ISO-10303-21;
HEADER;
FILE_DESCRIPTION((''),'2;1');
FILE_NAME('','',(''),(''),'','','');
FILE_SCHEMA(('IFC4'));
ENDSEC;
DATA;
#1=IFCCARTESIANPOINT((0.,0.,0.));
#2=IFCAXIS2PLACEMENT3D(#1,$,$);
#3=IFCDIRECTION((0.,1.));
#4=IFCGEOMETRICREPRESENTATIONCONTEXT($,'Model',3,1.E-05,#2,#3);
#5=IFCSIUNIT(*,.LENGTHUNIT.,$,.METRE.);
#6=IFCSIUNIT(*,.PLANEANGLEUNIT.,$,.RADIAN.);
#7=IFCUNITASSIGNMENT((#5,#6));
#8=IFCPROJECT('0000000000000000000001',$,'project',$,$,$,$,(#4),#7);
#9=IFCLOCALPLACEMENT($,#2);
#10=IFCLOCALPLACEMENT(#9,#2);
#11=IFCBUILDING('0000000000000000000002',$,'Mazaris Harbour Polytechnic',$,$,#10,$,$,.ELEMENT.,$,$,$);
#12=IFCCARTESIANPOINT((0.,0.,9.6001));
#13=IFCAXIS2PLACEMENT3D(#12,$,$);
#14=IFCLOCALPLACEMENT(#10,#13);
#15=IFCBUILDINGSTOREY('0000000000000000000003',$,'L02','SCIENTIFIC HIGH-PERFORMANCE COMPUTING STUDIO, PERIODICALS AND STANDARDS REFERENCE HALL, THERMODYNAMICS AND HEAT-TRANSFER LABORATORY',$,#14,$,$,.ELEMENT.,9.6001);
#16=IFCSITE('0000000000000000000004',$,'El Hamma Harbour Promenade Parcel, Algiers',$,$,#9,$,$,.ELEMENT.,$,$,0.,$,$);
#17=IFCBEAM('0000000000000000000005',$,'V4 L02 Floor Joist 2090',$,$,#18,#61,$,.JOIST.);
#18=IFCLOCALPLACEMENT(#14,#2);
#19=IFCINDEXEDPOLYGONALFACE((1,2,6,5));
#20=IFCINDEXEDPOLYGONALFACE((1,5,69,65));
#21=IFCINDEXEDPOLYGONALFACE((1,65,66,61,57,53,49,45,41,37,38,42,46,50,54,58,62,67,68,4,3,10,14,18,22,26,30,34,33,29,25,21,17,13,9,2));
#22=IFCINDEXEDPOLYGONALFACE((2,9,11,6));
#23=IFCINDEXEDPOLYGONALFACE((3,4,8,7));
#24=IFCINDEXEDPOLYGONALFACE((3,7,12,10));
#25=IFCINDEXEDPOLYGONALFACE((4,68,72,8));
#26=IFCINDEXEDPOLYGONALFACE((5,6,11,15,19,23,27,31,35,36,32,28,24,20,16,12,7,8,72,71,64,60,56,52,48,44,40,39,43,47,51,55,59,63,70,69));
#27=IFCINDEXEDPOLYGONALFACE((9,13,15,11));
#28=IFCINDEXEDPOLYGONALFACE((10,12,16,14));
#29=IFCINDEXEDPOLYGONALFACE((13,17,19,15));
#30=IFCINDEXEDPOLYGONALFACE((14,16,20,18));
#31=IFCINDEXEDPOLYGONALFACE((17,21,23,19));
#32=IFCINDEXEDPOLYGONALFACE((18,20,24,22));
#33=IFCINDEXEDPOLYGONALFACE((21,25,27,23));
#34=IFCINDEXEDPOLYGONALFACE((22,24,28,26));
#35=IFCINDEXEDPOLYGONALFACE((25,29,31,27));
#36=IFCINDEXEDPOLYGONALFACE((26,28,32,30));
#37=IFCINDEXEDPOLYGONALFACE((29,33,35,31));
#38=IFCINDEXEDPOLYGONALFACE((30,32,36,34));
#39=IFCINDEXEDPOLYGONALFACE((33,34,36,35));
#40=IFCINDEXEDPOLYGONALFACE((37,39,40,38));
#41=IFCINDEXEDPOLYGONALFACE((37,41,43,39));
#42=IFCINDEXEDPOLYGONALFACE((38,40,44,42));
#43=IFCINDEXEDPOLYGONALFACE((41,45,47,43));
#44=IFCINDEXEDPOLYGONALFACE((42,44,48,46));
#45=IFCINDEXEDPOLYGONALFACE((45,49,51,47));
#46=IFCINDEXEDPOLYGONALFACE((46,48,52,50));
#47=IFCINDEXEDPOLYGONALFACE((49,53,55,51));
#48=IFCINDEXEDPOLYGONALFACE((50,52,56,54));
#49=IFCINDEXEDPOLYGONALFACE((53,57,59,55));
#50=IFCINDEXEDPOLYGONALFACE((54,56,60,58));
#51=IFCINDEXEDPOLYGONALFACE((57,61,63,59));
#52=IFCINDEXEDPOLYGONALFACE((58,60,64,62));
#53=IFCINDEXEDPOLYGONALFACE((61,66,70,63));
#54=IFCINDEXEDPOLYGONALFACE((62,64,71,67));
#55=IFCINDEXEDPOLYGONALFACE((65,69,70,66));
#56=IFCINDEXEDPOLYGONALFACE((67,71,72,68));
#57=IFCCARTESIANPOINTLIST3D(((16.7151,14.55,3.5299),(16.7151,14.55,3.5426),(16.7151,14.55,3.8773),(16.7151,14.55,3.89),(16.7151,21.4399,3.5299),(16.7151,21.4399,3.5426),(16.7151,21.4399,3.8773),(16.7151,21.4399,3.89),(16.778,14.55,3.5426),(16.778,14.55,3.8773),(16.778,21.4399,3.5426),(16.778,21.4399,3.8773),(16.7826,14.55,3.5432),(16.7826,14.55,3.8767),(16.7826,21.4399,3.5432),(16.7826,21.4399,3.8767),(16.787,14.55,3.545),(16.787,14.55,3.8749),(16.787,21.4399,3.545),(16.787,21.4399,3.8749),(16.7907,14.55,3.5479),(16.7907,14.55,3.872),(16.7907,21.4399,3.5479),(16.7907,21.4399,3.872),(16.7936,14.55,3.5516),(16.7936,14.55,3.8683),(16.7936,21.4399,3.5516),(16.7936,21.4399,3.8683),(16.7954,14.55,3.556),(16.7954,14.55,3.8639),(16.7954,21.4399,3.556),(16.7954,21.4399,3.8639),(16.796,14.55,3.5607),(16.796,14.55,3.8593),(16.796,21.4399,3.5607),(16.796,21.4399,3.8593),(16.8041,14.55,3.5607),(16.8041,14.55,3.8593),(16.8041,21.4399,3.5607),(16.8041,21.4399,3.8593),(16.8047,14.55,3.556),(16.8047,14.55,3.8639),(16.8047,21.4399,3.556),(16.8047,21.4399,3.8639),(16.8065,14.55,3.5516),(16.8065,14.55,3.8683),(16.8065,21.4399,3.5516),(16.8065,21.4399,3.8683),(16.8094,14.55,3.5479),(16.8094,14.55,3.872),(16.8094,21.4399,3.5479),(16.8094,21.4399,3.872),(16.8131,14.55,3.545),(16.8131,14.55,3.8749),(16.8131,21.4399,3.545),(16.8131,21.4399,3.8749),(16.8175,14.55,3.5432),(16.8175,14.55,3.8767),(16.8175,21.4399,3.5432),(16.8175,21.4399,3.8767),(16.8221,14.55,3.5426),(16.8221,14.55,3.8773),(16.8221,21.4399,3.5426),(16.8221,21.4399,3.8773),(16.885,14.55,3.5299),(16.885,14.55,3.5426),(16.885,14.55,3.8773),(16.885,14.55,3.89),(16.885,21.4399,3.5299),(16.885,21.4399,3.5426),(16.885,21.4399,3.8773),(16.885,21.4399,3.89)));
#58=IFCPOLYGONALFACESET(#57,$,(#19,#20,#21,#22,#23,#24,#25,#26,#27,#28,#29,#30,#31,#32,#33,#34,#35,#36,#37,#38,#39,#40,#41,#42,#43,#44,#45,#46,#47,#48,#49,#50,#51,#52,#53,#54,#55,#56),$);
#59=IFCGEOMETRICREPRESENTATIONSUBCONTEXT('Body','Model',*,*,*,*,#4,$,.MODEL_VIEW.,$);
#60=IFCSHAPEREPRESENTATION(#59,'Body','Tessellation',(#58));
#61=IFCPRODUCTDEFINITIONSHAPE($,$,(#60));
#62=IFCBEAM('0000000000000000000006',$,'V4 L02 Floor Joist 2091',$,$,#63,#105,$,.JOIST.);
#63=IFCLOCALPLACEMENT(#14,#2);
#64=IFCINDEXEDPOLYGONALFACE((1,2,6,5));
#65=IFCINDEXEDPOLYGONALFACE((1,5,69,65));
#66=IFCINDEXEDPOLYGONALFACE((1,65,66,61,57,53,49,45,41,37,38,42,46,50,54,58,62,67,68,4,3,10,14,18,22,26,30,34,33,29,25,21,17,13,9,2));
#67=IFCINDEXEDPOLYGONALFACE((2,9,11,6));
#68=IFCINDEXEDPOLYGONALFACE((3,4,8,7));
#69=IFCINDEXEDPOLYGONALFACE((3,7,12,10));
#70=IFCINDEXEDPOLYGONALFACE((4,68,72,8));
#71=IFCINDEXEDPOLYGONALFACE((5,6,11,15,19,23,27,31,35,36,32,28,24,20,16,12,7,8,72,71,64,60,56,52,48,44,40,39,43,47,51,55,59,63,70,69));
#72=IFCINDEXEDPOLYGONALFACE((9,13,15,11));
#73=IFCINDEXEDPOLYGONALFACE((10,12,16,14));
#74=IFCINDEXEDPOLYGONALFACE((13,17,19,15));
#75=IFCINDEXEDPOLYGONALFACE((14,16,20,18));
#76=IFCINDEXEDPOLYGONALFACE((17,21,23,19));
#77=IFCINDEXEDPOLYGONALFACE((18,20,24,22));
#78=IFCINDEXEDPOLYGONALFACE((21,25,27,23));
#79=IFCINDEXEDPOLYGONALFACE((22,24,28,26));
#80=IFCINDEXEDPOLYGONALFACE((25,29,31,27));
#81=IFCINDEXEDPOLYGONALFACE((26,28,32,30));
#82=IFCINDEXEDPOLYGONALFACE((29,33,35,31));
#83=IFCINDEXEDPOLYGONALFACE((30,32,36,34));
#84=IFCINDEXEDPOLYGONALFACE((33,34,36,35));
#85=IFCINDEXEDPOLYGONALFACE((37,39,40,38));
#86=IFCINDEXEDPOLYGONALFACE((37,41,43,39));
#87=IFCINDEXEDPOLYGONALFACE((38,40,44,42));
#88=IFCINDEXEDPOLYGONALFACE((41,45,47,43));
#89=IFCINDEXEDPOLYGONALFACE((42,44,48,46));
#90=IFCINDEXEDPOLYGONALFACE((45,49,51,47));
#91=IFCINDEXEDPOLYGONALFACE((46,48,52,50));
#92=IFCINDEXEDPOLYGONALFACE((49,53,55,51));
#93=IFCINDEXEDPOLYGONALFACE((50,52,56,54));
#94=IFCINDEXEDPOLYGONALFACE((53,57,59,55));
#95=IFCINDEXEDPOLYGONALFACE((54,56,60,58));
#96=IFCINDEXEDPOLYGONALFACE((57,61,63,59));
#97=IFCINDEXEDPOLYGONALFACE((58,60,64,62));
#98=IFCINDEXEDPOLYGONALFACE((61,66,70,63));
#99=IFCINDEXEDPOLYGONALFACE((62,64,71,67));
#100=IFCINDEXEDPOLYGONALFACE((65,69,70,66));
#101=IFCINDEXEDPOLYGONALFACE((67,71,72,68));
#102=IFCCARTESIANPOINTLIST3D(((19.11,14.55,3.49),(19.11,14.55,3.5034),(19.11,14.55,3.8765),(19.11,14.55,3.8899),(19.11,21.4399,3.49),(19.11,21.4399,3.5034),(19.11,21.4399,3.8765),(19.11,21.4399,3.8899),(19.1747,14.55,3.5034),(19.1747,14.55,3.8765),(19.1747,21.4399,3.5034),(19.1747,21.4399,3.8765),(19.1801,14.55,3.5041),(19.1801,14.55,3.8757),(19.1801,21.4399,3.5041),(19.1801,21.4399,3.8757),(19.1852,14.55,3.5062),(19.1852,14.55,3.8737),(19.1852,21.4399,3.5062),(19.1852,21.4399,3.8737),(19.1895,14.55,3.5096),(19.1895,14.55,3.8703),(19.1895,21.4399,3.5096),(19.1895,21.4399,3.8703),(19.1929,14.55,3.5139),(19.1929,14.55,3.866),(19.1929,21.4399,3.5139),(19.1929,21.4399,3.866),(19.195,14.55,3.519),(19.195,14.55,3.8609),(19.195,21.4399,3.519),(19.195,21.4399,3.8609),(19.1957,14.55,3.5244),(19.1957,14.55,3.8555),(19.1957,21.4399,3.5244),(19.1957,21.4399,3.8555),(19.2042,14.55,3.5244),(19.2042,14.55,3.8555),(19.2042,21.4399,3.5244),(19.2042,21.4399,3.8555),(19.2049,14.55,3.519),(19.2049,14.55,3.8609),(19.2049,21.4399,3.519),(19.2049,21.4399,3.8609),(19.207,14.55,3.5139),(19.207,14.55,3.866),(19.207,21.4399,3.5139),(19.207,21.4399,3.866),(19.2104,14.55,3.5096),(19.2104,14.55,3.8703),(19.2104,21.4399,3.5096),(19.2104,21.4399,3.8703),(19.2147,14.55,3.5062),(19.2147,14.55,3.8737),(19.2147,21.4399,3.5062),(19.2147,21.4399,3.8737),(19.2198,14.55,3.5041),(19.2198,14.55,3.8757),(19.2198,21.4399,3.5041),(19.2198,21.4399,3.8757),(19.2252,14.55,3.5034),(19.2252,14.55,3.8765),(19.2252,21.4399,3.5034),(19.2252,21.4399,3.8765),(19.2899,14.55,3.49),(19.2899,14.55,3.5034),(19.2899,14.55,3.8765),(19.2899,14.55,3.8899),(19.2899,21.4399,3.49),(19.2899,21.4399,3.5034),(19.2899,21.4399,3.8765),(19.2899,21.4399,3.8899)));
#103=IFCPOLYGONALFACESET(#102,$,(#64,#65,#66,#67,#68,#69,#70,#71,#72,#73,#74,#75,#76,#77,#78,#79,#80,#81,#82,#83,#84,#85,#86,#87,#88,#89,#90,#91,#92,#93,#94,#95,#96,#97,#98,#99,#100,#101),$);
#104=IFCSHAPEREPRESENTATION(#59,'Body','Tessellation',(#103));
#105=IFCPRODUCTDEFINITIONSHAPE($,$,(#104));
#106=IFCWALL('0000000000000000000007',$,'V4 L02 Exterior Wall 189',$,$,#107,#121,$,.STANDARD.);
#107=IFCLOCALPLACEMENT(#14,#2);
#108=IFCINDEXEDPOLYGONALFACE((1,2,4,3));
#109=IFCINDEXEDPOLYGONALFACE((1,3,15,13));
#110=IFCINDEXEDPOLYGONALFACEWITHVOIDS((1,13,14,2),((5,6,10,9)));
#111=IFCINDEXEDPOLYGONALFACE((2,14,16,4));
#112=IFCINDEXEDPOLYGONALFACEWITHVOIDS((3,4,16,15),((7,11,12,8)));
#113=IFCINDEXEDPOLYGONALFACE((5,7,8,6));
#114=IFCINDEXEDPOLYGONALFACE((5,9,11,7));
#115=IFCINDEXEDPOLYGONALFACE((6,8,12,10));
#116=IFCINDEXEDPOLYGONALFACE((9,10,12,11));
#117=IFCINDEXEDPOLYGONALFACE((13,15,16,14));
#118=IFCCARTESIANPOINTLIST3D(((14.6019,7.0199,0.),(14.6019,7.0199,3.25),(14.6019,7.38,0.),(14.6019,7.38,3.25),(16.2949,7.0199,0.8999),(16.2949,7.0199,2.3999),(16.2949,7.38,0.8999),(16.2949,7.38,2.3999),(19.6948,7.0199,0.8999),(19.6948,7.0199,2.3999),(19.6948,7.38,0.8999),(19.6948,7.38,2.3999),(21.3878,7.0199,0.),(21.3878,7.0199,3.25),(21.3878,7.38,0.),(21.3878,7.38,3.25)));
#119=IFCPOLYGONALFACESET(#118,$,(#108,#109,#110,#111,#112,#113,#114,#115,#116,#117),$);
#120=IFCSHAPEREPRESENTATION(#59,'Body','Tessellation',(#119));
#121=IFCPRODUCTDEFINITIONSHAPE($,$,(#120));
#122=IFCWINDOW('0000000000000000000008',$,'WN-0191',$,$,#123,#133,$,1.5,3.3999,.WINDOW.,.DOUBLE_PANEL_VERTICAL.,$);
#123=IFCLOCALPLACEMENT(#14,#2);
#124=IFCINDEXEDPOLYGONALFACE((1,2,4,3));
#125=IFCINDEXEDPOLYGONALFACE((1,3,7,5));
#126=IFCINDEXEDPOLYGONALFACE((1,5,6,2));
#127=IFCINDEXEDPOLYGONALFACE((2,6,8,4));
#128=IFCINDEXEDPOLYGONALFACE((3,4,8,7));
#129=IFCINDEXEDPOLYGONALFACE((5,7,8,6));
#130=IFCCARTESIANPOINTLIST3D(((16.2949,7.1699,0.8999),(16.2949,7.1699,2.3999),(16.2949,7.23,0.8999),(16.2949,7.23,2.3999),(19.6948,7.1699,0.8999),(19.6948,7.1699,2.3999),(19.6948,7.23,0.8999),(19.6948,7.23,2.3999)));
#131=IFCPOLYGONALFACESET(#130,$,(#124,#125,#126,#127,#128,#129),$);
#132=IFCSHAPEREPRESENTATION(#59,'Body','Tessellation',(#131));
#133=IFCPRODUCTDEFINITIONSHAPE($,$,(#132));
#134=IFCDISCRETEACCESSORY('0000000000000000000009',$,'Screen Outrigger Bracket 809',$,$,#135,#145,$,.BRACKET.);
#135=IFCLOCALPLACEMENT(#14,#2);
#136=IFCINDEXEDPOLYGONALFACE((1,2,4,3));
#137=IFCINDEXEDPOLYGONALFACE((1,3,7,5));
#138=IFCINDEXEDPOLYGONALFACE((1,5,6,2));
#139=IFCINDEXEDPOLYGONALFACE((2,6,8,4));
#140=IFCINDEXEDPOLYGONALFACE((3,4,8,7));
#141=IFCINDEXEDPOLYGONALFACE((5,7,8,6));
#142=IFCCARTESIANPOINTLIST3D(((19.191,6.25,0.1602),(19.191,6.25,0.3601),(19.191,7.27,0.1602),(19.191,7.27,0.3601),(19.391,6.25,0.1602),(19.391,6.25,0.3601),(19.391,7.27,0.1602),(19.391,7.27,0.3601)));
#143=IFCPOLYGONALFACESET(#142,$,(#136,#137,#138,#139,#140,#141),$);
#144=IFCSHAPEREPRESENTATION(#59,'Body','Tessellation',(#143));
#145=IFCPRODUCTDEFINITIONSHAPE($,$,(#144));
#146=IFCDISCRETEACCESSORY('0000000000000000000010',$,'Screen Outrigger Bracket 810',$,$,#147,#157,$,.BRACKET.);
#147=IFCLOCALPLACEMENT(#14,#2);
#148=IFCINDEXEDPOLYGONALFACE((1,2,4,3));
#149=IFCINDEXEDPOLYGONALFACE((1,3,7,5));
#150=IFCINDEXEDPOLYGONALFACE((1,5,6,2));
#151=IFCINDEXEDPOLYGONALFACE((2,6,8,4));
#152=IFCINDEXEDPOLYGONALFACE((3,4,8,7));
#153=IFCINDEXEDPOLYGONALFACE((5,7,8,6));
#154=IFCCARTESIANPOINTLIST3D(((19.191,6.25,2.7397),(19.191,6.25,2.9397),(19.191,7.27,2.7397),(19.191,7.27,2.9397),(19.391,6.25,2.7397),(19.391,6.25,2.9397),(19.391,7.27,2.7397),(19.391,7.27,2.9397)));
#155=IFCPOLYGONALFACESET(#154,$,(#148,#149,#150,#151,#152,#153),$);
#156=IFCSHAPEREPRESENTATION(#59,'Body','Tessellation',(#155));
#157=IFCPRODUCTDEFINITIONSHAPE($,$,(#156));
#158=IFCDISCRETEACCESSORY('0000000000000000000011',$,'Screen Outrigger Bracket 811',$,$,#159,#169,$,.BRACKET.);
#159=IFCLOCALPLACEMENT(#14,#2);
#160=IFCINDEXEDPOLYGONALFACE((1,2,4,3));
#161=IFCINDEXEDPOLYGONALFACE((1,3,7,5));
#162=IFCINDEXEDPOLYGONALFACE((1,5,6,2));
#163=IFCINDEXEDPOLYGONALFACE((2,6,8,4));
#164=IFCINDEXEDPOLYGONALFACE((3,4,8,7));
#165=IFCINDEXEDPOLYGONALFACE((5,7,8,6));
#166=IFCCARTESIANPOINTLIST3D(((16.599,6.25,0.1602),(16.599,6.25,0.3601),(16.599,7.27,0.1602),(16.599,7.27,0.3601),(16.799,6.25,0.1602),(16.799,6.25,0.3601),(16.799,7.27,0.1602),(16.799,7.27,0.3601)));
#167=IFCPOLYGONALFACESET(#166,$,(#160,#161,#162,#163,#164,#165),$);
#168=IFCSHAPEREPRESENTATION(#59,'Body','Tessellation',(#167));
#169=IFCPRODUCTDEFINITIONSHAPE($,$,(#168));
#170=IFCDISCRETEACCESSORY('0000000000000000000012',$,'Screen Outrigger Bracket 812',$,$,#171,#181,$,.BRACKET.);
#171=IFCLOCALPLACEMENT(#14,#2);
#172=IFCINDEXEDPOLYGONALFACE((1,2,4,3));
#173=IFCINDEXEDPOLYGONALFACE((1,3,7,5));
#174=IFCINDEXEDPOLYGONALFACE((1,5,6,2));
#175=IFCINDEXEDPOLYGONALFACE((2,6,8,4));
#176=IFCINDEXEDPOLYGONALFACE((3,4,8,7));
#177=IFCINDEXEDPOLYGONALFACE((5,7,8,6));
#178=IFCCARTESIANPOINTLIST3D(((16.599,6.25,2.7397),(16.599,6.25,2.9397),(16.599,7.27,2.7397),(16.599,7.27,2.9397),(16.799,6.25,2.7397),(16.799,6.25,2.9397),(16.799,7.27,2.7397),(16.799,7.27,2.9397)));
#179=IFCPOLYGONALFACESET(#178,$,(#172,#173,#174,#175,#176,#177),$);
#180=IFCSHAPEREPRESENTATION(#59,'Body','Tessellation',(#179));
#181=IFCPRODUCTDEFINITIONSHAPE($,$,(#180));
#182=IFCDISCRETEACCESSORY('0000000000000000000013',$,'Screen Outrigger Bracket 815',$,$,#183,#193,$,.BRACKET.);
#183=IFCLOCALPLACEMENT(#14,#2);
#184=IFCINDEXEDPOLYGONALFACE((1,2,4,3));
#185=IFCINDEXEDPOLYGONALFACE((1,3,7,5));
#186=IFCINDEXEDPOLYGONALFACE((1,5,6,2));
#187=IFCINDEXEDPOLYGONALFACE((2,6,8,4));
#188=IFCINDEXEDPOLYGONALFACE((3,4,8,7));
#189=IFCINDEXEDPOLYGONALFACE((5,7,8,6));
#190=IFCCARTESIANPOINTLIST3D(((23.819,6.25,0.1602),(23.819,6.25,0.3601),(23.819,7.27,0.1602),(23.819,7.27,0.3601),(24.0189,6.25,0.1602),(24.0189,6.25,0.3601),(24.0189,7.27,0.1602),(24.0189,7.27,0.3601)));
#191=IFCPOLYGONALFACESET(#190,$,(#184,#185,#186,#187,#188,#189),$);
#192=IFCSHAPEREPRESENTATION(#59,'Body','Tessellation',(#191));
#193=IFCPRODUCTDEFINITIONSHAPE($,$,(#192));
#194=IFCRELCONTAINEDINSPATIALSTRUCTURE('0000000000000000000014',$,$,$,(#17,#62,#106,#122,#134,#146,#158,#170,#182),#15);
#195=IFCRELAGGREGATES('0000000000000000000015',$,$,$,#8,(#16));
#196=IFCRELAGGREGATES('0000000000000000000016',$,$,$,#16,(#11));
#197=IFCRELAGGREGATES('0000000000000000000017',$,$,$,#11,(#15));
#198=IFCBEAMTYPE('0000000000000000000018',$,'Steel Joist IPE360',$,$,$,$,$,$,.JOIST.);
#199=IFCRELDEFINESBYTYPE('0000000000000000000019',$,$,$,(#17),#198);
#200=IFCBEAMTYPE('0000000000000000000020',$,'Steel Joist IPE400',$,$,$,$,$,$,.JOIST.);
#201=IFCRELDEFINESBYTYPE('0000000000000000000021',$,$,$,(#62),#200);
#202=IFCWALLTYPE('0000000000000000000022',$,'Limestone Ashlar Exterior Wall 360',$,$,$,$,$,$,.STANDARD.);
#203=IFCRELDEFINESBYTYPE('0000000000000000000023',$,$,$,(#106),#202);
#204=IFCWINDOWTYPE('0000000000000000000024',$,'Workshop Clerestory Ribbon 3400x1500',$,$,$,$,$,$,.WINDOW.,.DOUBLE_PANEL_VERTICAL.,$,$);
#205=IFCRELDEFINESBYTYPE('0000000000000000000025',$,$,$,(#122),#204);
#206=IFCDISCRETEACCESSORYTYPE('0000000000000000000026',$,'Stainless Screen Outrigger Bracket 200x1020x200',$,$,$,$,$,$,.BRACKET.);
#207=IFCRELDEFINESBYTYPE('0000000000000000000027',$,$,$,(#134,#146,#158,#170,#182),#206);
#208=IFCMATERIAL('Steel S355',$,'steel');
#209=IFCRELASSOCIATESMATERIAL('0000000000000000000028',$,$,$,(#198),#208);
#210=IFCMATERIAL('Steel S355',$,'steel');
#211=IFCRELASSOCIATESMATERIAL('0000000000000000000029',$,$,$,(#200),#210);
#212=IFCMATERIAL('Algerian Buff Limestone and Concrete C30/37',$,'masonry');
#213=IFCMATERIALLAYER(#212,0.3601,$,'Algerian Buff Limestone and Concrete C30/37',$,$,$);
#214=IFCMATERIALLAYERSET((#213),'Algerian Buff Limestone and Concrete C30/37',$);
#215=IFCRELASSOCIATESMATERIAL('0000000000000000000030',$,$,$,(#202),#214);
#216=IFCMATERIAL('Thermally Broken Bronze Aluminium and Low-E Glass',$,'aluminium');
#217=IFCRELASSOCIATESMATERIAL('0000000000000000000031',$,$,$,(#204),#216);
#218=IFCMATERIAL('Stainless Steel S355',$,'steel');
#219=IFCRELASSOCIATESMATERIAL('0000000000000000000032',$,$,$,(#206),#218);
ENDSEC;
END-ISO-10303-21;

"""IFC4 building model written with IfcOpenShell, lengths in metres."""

from ifc_helpers import new_model, si_unit, direction, frame, frame_2d, origin, origin_2d, place, context, subcontext, project, spatial, rectangle, i_section, extrude, material, layer, layer_set, material_profile, profile_set, type_object, element, fill, save


model = new_model("IFC4")

# Units and contexts
model_context = context("Model", 3, precision=1e-05, world=origin(), true_north=direction((0.0, 1.0)))
body_context = subcontext(model_context, "Body", "Model", "MODEL_VIEW")
ifc_project = project(units=[si_unit("LENGTHUNIT", "METRE"), si_unit("PLANEANGLEUNIT", "RADIAN")], contexts=[model_context])

# Site, building, storey
site_placement = place(None, origin())
site = spatial("IfcSite", under=ifc_project, at=site_placement, Name="El Hamma Harbour Promenade Parcel, Algiers", CompositionType="ELEMENT", RefElevation=0.0)
building_placement = place(site_placement, origin())
building = spatial("IfcBuilding", under=site, at=building_placement, Name="Mazaris Harbour Polytechnic", CompositionType="ELEMENT")
storey_placement = place(building_placement, frame((0.0, 0.0, 9.6001)))
storey = spatial("IfcBuildingStorey", under=building, at=storey_placement, Name="L02", Description="SCIENTIFIC HIGH-PERFORMANCE COMPUTING STUDIO, PERIODICALS AND STANDARDS REFERENCE HALL, THERMODYNAMICS AND HEAT-TRANSFER LABORATORY", CompositionType="ELEMENT", Elevation=9.6001)

# Beams
ifc_material_1 = material(Name="Steel S355", Category="steel")
ifc_material_profile_1 = material_profile(ifc_material_1, i_section(OverallWidth=0.1699, OverallDepth=0.3601, WebThickness=0.0081, FlangeThickness=0.0127, FilletRadius=0.0181, at=origin_2d()), Name="IPE 360")
ifc_profile_set_1 = profile_set([ifc_material_profile_1], Name="Steel S355")
beam_type_1 = type_object("IfcBeamType", Name="Steel Joist IPE360", PredefinedType="JOIST", material=ifc_profile_set_1)
beam_1_placement = place(storey_placement, frame((16.8, 14.55, 3.71), z_axis=(0.0, 1.0, 0.0), x_axis=(-1.0, 0.0, 0.0)))
element("IfcBeam", 1, at=beam_1_placement, inside=storey, type_object=beam_type_1, Name="V4 L02 Floor Joist 2090", PredefinedType="JOIST", context=body_context, shape_type="SweptSolid", body=[
    extrude(i_section(OverallWidth=0.1699, OverallDepth=0.3601, WebThickness=0.0081, FlangeThickness=0.0127, FilletRadius=0.0181, at=origin_2d()), origin(), (0.0, 0.0, 1.0), 6.8899),
])
ifc_material_2 = material(Name="Steel S355", Category="steel")
ifc_material_profile_2 = material_profile(ifc_material_2, i_section(OverallWidth=0.1799, OverallDepth=0.3999, WebThickness=0.0085, FlangeThickness=0.0134, FilletRadius=0.021, at=origin_2d()), Name="IPE 400")
ifc_profile_set_2 = profile_set([ifc_material_profile_2], Name="Steel S355")
beam_type_2 = type_object("IfcBeamType", Name="Steel Joist IPE400", PredefinedType="JOIST", material=ifc_profile_set_2)
beam_2_placement = place(storey_placement, frame((19.2, 14.55, 3.6899), z_axis=(0.0, 1.0, 0.0), x_axis=(-1.0, 0.0, 0.0)))
element("IfcBeam", 2, at=beam_2_placement, inside=storey, type_object=beam_type_2, Name="V4 L02 Floor Joist 2091", PredefinedType="JOIST", context=body_context, shape_type="SweptSolid", body=[
    extrude(i_section(OverallWidth=0.1799, OverallDepth=0.3999, WebThickness=0.0085, FlangeThickness=0.0134, FilletRadius=0.021, at=origin_2d()), origin(), (0.0, 0.0, 1.0), 6.8899),
])

# Wall, opening, window
ifc_material_3 = material(Name="Algerian Buff Limestone and Concrete C30/37", Category="masonry")
ifc_layer = layer(ifc_material_3, 0.3601, Name="Algerian Buff Limestone and Concrete C30/37")
ifc_layer_set = layer_set([ifc_layer], Name="Algerian Buff Limestone and Concrete C30/37")
wall_type = type_object("IfcWallType", Name="Limestone Ashlar Exterior Wall 360", PredefinedType="STANDARD", material=ifc_layer_set)
wall_placement = place(storey_placement, frame((21.3879, 7.2, 0.0), z_axis=(0.0, 0.0, 1.0), x_axis=(-1.0, 0.0, 0.0)))
wall = element("IfcWall", 3, at=wall_placement, inside=storey, type_object=wall_type, Name="V4 L02 Exterior Wall 189", PredefinedType="STANDARD", context=body_context, shape_type="SweptSolid", body=[
    extrude(rectangle(XDim=6.7859, YDim=0.3601, at=frame_2d((3.3931, 0.0))), origin(), (0.0, 0.0, 1.0), 3.25),
])
opening_placement = place(wall_placement, frame((1.6931, 0.0, 0.8999)))
opening = element("IfcOpeningElement", 4, at=opening_placement, cuts=wall, PredefinedType="OPENING", context=body_context, shape_type="SweptSolid", body=[
    extrude(rectangle(XDim=3.3999, YDim=1.5, at=frame_2d((1.7, 0.75))), frame((0.0, 0.1899, 0.0), z_axis=(0.0, -1.0, 0.0), x_axis=(1.0, 0.0, 0.0)), (0.0, 0.0, 1.0), 0.3801),
])
ifc_material_4 = material(Name="Thermally Broken Bronze Aluminium and Low-E Glass", Category="aluminium")
window_type = type_object("IfcWindowType", Name="Workshop Clerestory Ribbon 3400x1500", PartitioningType="DOUBLE_PANEL_VERTICAL", PredefinedType="WINDOW", material=ifc_material_4)
window_placement = place(opening_placement, origin())
window = element("IfcWindow", 5, at=window_placement, inside=storey, type_object=window_type, Name="WN-0191", OverallHeight=1.5, OverallWidth=3.3999, PartitioningType="DOUBLE_PANEL_VERTICAL", PredefinedType="WINDOW", context=body_context, shape_type="SweptSolid", body=[
    extrude(rectangle(XDim=3.3999, YDim=1.5, at=frame_2d((1.7, 0.75))), frame((0.0, 0.03, 0.0), z_axis=(0.0, -1.0, 0.0), x_axis=(1.0, 0.0, 0.0)), (0.0, 0.0, 1.0), 0.0601),
])
fill(opening, window)

# Discrete accessories
ifc_material_5 = material(Name="Stainless Steel S355", Category="steel")
discrete_accessory_type = type_object("IfcDiscreteAccessoryType", Name="Stainless Screen Outrigger Bracket 200x1020x200", PredefinedType="BRACKET", material=ifc_material_5)
for number, where, z_axis, x_axis, name in (
    (6, (19.291, 6.76, 0.1602), (0.0, 0.0, 1.0), (-1.0, 0.0, 0.0), "Screen Outrigger Bracket 809"),
    (7, (19.291, 6.76, 2.7397), (0.0, 0.0, 1.0), (-1.0, 0.0, 0.0), "Screen Outrigger Bracket 810"),
    (8, (16.699, 6.76, 0.1602), (0.0, 0.0, 1.0), (-1.0, 0.0, 0.0), "Screen Outrigger Bracket 811"),
    (9, (16.699, 6.76, 2.7397), (0.0, 0.0, 1.0), (-1.0, 0.0, 0.0), "Screen Outrigger Bracket 812"),
    (10, (23.9189, 6.76, 0.1602), (0.0, 0.0, 1.0), (-1.0, 0.0, 0.0), "Screen Outrigger Bracket 815"),
):
    element("IfcDiscreteAccessory", number, at=place(storey_placement, frame(where, z_axis=z_axis, x_axis=x_axis)), inside=storey, type_object=discrete_accessory_type, Name=name, PredefinedType="BRACKET", context=body_context, shape_type="SweptSolid", body=[
        extrude(rectangle(XDim=0.2, YDim=1.02, at=origin_2d()), origin(), (0.0, 0.0, 1.0), 0.2),
    ])

save(model, "model.ifc")
